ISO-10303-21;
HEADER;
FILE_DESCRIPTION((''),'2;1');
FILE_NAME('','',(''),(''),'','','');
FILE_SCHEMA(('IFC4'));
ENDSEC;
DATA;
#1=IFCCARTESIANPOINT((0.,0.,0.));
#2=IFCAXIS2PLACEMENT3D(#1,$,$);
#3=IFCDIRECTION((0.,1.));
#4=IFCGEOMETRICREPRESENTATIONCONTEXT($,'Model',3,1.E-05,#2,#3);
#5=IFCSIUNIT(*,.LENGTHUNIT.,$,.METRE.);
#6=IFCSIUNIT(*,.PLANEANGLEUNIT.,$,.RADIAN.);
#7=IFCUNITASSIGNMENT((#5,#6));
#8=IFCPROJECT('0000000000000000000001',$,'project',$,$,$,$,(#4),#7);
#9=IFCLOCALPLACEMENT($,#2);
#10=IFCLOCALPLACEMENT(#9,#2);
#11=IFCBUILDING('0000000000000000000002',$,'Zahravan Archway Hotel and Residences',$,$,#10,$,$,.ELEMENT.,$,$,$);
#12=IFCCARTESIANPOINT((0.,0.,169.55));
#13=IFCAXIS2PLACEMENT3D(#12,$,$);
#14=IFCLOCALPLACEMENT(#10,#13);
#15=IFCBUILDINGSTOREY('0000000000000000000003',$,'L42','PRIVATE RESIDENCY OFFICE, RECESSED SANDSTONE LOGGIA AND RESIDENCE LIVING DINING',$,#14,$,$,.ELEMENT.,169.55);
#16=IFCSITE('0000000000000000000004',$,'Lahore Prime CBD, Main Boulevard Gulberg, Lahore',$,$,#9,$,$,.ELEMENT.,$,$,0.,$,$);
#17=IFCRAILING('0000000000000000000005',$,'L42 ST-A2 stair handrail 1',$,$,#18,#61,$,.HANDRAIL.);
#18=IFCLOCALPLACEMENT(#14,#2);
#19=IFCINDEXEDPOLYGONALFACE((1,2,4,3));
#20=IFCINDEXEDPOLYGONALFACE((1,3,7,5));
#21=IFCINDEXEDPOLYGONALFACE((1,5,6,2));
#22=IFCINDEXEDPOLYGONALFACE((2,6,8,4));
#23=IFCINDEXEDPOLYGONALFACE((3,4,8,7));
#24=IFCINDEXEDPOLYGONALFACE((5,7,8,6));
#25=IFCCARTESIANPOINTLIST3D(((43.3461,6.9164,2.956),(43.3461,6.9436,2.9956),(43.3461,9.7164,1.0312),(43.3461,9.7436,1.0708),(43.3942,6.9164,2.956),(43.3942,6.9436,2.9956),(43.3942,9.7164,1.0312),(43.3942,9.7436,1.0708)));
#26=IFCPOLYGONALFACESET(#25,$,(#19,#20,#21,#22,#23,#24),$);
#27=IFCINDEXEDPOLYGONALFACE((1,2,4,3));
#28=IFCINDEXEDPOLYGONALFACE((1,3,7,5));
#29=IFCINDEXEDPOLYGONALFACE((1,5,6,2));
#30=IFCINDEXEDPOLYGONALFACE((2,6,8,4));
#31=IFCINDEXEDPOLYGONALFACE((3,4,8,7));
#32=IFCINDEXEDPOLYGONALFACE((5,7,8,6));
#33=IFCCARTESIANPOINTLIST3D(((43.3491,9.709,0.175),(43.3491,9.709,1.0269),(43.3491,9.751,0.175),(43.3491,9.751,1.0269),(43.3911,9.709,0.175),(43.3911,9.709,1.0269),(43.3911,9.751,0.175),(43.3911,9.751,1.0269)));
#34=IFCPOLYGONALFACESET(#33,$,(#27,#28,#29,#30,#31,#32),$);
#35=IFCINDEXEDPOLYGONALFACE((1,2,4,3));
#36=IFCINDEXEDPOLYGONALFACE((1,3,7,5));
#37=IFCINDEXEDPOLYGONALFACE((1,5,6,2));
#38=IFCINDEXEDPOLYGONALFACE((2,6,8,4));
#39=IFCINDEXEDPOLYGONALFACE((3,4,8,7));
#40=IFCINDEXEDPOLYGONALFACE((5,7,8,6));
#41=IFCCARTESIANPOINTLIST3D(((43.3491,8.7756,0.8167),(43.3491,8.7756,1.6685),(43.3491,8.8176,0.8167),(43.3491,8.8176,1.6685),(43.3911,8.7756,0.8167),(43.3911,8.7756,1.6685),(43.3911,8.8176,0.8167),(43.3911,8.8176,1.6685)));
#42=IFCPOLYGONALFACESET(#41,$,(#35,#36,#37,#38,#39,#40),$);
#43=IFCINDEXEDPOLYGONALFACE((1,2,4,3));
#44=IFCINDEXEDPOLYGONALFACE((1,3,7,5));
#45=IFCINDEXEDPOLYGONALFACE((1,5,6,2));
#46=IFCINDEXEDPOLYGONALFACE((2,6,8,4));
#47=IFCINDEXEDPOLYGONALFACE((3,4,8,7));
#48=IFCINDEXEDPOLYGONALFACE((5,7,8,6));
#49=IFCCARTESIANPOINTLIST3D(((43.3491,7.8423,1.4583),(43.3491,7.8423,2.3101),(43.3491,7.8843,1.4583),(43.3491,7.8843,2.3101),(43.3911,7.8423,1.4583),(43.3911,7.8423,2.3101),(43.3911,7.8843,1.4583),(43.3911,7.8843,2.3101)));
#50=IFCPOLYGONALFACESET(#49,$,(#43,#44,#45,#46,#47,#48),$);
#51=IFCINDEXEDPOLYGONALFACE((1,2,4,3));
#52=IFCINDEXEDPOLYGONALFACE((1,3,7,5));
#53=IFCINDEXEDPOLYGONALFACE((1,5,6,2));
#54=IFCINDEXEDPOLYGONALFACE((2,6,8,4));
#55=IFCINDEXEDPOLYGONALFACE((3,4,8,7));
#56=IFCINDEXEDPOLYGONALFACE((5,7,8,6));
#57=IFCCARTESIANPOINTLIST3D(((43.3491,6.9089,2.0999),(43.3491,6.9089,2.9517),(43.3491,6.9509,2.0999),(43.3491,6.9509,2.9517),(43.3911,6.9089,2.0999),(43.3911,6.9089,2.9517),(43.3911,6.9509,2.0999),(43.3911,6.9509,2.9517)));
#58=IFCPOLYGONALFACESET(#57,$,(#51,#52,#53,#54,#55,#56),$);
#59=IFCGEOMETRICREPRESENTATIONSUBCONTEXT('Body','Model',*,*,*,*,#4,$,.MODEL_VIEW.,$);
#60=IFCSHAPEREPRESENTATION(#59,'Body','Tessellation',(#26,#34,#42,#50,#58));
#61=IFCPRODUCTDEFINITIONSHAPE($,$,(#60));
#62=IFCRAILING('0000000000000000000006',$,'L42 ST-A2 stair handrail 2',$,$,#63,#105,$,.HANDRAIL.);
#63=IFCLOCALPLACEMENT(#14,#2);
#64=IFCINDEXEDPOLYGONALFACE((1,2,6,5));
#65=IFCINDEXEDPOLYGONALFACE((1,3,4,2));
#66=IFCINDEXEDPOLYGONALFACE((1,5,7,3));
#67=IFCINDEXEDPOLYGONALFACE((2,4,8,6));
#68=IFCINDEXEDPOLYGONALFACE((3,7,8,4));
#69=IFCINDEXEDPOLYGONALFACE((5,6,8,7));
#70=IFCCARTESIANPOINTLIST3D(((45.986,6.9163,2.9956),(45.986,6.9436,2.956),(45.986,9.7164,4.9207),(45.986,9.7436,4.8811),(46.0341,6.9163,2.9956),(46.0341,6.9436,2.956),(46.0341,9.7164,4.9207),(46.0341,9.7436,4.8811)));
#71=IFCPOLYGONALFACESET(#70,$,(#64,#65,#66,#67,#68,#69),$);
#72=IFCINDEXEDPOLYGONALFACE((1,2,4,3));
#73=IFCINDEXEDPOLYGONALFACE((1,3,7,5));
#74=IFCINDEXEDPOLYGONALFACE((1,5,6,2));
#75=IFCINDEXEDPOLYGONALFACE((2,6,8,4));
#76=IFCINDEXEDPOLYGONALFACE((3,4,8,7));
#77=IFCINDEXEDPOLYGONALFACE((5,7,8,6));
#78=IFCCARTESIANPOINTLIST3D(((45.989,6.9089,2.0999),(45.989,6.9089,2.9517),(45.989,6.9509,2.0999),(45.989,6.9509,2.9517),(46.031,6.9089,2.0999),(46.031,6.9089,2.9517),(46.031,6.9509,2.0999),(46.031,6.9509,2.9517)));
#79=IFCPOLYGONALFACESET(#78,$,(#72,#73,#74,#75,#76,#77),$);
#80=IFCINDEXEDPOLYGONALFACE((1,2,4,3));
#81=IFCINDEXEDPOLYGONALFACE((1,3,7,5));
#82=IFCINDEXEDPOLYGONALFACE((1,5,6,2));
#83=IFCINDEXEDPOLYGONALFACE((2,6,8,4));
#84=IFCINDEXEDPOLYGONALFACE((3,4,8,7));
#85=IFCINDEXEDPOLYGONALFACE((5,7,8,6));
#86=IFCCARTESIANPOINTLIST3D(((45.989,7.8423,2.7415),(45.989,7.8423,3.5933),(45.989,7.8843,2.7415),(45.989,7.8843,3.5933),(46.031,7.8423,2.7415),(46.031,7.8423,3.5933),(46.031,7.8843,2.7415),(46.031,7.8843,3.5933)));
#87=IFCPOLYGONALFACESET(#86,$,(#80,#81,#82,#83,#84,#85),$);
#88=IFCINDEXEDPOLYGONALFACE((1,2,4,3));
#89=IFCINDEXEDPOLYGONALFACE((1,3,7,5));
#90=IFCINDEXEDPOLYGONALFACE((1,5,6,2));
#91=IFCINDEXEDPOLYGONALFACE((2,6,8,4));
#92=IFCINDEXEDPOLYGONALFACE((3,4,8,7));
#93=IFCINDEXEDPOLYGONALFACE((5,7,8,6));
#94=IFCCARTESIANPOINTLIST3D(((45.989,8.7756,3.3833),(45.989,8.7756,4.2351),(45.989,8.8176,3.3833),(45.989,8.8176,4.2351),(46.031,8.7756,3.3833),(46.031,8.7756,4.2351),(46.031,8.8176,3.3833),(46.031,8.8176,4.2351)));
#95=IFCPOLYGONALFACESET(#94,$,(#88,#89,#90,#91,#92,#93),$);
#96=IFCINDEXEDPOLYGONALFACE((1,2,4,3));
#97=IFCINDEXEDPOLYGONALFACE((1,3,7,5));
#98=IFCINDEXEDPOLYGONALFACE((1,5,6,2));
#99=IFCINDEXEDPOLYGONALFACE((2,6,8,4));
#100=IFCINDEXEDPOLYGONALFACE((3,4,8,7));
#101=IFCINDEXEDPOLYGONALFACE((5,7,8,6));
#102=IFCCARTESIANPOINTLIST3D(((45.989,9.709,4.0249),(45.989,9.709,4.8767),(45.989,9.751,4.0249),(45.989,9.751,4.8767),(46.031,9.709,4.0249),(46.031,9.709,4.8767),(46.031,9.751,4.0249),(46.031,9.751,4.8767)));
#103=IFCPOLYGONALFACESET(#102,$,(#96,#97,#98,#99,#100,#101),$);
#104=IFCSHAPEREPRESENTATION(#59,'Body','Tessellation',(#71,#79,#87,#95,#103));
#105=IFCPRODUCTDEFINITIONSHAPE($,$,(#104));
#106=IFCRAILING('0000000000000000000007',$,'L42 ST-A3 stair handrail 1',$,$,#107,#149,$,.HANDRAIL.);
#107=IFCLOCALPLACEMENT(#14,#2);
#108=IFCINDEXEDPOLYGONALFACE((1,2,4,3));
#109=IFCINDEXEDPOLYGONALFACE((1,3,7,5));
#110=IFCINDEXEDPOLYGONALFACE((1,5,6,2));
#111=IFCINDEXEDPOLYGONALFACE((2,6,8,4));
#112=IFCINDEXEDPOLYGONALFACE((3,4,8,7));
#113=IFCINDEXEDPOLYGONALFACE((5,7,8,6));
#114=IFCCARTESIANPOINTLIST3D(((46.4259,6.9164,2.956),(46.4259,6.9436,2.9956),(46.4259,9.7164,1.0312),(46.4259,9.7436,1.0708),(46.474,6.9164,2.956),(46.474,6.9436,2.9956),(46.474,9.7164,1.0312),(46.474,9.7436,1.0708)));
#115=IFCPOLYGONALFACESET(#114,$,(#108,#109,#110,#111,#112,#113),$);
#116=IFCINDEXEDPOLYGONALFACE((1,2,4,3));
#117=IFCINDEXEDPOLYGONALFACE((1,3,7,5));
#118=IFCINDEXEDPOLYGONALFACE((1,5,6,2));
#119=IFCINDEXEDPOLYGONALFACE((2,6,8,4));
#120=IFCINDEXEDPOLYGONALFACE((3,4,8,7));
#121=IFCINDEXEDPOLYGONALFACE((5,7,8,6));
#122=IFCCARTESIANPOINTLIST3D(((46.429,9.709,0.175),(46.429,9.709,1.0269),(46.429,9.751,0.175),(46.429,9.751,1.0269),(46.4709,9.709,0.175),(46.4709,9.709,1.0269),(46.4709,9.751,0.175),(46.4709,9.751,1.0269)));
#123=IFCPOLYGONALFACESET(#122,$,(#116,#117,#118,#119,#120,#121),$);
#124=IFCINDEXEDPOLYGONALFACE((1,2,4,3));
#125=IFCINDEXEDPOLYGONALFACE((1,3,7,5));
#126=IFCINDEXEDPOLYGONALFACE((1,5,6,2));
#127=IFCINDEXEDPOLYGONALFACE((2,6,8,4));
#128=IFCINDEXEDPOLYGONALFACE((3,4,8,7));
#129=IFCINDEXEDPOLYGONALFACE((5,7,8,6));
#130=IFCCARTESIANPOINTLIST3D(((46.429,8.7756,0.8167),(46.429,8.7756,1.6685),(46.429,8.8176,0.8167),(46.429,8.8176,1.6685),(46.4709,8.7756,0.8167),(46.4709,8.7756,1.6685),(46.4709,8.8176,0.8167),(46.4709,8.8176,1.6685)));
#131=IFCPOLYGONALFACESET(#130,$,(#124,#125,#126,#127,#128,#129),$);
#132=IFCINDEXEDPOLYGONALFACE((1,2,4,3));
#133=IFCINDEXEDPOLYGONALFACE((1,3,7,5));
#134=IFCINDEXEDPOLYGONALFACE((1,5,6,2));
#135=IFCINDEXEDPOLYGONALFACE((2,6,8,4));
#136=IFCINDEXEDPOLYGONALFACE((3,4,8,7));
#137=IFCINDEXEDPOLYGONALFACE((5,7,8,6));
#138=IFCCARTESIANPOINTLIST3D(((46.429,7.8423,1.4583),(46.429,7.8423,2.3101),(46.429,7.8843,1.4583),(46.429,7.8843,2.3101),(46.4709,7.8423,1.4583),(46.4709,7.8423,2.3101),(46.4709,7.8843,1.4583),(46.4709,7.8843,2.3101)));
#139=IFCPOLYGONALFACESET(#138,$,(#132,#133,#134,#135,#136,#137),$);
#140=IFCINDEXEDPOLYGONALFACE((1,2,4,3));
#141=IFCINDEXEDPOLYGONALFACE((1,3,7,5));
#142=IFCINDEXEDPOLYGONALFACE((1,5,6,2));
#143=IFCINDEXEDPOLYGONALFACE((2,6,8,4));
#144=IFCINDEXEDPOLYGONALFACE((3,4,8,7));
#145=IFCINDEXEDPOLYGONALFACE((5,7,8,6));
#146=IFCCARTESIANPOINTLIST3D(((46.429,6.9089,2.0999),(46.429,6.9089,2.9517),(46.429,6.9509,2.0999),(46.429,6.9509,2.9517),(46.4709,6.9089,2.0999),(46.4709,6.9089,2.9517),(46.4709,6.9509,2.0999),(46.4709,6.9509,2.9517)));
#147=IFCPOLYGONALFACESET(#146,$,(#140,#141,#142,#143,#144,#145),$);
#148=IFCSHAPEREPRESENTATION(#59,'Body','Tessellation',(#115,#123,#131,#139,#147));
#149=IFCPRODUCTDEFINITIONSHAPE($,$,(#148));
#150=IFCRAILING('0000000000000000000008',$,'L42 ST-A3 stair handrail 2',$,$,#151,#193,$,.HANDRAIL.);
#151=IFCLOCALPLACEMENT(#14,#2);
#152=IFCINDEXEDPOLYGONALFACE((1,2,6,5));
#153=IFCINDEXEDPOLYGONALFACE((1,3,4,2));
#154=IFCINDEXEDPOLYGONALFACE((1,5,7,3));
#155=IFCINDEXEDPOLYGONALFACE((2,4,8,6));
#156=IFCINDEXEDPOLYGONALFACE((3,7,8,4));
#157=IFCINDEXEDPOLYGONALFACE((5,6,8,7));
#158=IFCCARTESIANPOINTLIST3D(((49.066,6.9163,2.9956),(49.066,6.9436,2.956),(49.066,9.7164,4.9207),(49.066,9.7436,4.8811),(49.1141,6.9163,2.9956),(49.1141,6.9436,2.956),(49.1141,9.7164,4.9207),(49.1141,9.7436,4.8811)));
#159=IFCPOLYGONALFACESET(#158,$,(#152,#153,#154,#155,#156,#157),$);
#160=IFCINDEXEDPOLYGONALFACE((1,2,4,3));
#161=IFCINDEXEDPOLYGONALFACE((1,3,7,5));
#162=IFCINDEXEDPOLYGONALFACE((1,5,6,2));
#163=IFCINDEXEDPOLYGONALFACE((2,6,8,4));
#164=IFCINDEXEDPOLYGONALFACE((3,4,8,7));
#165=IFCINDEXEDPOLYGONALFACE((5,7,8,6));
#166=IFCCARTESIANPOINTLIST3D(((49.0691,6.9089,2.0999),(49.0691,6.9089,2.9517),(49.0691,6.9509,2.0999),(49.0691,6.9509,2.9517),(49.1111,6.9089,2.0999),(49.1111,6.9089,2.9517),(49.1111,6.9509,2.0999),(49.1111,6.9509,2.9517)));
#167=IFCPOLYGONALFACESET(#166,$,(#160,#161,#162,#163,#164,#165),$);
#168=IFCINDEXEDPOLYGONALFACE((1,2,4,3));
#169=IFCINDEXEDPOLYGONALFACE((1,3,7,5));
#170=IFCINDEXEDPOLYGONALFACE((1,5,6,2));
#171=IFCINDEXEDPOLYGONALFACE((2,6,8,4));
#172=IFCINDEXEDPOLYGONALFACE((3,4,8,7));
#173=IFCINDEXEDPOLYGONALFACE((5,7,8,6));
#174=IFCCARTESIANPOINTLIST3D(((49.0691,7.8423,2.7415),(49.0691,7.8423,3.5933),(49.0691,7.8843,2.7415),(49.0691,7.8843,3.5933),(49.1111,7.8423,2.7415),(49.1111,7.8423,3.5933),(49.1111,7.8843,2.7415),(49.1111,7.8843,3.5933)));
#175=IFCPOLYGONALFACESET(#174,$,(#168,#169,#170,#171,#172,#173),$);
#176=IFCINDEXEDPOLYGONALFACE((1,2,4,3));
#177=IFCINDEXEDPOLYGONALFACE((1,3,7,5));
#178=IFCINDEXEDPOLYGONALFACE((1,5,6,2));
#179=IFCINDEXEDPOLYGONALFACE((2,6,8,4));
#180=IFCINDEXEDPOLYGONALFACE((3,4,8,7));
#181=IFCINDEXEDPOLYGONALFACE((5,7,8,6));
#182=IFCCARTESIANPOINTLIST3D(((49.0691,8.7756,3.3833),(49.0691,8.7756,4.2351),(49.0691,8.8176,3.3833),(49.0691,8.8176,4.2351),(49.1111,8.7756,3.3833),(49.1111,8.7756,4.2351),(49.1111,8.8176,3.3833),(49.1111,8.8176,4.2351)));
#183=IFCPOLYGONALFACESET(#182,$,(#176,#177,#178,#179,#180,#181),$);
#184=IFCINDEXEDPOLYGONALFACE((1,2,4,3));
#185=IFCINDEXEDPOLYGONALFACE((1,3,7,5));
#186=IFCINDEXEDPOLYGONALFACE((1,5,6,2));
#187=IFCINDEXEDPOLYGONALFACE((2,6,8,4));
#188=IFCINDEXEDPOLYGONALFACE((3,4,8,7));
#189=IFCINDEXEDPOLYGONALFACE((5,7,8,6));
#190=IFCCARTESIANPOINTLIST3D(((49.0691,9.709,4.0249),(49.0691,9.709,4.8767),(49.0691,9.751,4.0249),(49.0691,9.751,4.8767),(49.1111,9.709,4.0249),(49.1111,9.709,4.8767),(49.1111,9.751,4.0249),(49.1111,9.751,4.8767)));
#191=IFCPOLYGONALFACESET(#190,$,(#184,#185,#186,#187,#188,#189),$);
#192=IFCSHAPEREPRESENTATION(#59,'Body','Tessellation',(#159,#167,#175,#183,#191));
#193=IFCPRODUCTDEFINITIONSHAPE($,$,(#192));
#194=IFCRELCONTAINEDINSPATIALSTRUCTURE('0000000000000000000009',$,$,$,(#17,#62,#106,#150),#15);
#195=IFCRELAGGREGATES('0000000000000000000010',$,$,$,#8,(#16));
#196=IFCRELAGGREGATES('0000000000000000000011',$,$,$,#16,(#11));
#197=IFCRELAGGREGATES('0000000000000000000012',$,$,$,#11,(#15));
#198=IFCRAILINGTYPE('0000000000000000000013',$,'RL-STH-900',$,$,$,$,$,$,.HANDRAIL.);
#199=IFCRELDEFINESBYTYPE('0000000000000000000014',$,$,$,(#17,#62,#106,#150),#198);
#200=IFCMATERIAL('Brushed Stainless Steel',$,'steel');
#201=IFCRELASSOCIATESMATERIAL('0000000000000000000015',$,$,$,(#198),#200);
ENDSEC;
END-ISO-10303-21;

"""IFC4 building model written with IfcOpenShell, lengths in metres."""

from ifc_helpers import new_model, si_unit, direction, frame, origin, origin_2d, place, context, subcontext, project, spatial, rectangle, extrude, material, type_object, element, save


model = new_model("IFC4")

# Units and contexts
model_context = context("Model", 3, precision=1e-05, world=origin(), true_north=direction((0.0, 1.0)))
body_context = subcontext(model_context, "Body", "Model", "MODEL_VIEW")
ifc_project = project(units=[si_unit("LENGTHUNIT", "METRE"), si_unit("PLANEANGLEUNIT", "RADIAN")], contexts=[model_context])

# Site, building, storey
site_placement = place(None, origin())
site = spatial("IfcSite", under=ifc_project, at=site_placement, Name="Lahore Prime CBD, Main Boulevard Gulberg, Lahore", CompositionType="ELEMENT", RefElevation=0.0)
building_placement = place(site_placement, origin())
building = spatial("IfcBuilding", under=site, at=building_placement, Name="Zahravan Archway Hotel and Residences", CompositionType="ELEMENT")
storey_placement = place(building_placement, frame((0.0, 0.0, 169.55)))
storey = spatial("IfcBuildingStorey", under=building, at=storey_placement, Name="L42", Description="PRIVATE RESIDENCY OFFICE, RECESSED SANDSTONE LOGGIA AND RESIDENCE LIVING DINING", CompositionType="ELEMENT", Elevation=169.55)

# Railings
ifc_material_1 = material(Name="Brushed Stainless Steel", Category="steel")
railing_type_1 = type_object("IfcRailingType", Name="RL-STH-900", PredefinedType="HANDRAIL", material=ifc_material_1)
railing_1_placement = place(storey_placement, frame((43.3701, 9.73, 0.175)))
element("IfcRailing", 1, at=railing_1_placement, inside=storey, type_object=railing_type_1, Name="L42 ST-A2 stair handrail 1", PredefinedType="HANDRAIL", context=body_context, shape_type="SweptSolid", body=[
    extrude(rectangle(XDim=0.0481, YDim=0.0481, at=origin_2d()), frame((0.0, 0.0, 0.876), z_axis=(0.0, -0.824073, 0.566483), x_axis=(1.0, 0.0, 0.0)), (0.0, 0.0, 1.0), 3.3977),
    extrude(rectangle(XDim=0.042, YDim=0.042, at=origin_2d()), origin(), (0.0, 0.0, 1.0), 0.8518),
    extrude(rectangle(XDim=0.042, YDim=0.042, at=origin_2d()), frame((0.0, -0.9333, 0.6416)), (0.0, 0.0, 1.0), 0.8518),
    extrude(rectangle(XDim=0.042, YDim=0.042, at=origin_2d()), frame((0.0, -1.8667, 1.2832)), (0.0, 0.0, 1.0), 0.8518),
    extrude(rectangle(XDim=0.042, YDim=0.042, at=origin_2d()), frame((0.0, -2.8, 1.9248)), (0.0, 0.0, 1.0), 0.8518),
])
railing_2_placement = place(storey_placement, frame((46.01, 6.9299, 2.0999)))
element("IfcRailing", 2, at=railing_2_placement, inside=storey, type_object=railing_type_1, Name="L42 ST-A2 stair handrail 2", PredefinedType="HANDRAIL", context=body_context, shape_type="SweptSolid", body=[
    extrude(rectangle(XDim=0.0481, YDim=0.0481, at=origin_2d()), frame((0.0, 0.0, 0.876), z_axis=(0.0, 0.82404, 0.566532), x_axis=(-1.0, 0.0, 0.0)), (0.0, 0.0, 1.0), 3.3979),
    extrude(rectangle(XDim=0.042, YDim=0.042, at=origin_2d()), origin(), (0.0, 0.0, 1.0), 0.8518),
    extrude(rectangle(XDim=0.042, YDim=0.042, at=origin_2d()), frame((0.0, 0.9333, 0.6416)), (0.0, 0.0, 1.0), 0.8518),
    extrude(rectangle(XDim=0.042, YDim=0.042, at=origin_2d()), frame((0.0, 1.8667, 1.2834)), (0.0, 0.0, 1.0), 0.8518),
    extrude(rectangle(XDim=0.042, YDim=0.042, at=origin_2d()), frame((0.0, 2.8, 1.925)), (0.0, 0.0, 1.0), 0.8518),
])
railing_3_placement = place(storey_placement, frame((46.45, 9.73, 0.175)))
element("IfcRailing", 3, at=railing_3_placement, inside=storey, type_object=railing_type_1, Name="L42 ST-A3 stair handrail 1", PredefinedType="HANDRAIL", context=body_context, shape_type="SweptSolid", body=[
    extrude(rectangle(XDim=0.0481, YDim=0.0481, at=origin_2d()), frame((0.0, 0.0, 0.876), z_axis=(0.0, -0.824073, 0.566483), x_axis=(1.0, 0.0, 0.0)), (0.0, 0.0, 1.0), 3.3977),
    extrude(rectangle(XDim=0.042, YDim=0.042, at=origin_2d()), origin(), (0.0, 0.0, 1.0), 0.8518),
    extrude(rectangle(XDim=0.042, YDim=0.042, at=origin_2d()), frame((0.0, -0.9333, 0.6416)), (0.0, 0.0, 1.0), 0.8518),
    extrude(rectangle(XDim=0.042, YDim=0.042, at=origin_2d()), frame((0.0, -1.8667, 1.2832)), (0.0, 0.0, 1.0), 0.8518),
    extrude(rectangle(XDim=0.042, YDim=0.042, at=origin_2d()), frame((0.0, -2.8, 1.9248)), (0.0, 0.0, 1.0), 0.8518),
])
railing_4_placement = place(storey_placement, frame((49.0901, 6.9299, 2.0999)))
element("IfcRailing", 4, at=railing_4_placement, inside=storey, type_object=railing_type_1, Name="L42 ST-A3 stair handrail 2", PredefinedType="HANDRAIL", context=body_context, shape_type="SweptSolid", body=[
    extrude(rectangle(XDim=0.0481, YDim=0.0481, at=origin_2d()), frame((0.0, 0.0, 0.876), z_axis=(0.0, 0.82404, 0.566532), x_axis=(-1.0, 0.0, 0.0)), (0.0, 0.0, 1.0), 3.3979),
    extrude(rectangle(XDim=0.042, YDim=0.042, at=origin_2d()), origin(), (0.0, 0.0, 1.0), 0.8518),
    extrude(rectangle(XDim=0.042, YDim=0.042, at=origin_2d()), frame((0.0, 0.9333, 0.6416)), (0.0, 0.0, 1.0), 0.8518),
    extrude(rectangle(XDim=0.042, YDim=0.042, at=origin_2d()), frame((0.0, 1.8667, 1.2834)), (0.0, 0.0, 1.0), 0.8518),
    extrude(rectangle(XDim=0.042, YDim=0.042, at=origin_2d()), frame((0.0, 2.8, 1.925)), (0.0, 0.0, 1.0), 0.8518),
])

save(model, "model.ifc")
